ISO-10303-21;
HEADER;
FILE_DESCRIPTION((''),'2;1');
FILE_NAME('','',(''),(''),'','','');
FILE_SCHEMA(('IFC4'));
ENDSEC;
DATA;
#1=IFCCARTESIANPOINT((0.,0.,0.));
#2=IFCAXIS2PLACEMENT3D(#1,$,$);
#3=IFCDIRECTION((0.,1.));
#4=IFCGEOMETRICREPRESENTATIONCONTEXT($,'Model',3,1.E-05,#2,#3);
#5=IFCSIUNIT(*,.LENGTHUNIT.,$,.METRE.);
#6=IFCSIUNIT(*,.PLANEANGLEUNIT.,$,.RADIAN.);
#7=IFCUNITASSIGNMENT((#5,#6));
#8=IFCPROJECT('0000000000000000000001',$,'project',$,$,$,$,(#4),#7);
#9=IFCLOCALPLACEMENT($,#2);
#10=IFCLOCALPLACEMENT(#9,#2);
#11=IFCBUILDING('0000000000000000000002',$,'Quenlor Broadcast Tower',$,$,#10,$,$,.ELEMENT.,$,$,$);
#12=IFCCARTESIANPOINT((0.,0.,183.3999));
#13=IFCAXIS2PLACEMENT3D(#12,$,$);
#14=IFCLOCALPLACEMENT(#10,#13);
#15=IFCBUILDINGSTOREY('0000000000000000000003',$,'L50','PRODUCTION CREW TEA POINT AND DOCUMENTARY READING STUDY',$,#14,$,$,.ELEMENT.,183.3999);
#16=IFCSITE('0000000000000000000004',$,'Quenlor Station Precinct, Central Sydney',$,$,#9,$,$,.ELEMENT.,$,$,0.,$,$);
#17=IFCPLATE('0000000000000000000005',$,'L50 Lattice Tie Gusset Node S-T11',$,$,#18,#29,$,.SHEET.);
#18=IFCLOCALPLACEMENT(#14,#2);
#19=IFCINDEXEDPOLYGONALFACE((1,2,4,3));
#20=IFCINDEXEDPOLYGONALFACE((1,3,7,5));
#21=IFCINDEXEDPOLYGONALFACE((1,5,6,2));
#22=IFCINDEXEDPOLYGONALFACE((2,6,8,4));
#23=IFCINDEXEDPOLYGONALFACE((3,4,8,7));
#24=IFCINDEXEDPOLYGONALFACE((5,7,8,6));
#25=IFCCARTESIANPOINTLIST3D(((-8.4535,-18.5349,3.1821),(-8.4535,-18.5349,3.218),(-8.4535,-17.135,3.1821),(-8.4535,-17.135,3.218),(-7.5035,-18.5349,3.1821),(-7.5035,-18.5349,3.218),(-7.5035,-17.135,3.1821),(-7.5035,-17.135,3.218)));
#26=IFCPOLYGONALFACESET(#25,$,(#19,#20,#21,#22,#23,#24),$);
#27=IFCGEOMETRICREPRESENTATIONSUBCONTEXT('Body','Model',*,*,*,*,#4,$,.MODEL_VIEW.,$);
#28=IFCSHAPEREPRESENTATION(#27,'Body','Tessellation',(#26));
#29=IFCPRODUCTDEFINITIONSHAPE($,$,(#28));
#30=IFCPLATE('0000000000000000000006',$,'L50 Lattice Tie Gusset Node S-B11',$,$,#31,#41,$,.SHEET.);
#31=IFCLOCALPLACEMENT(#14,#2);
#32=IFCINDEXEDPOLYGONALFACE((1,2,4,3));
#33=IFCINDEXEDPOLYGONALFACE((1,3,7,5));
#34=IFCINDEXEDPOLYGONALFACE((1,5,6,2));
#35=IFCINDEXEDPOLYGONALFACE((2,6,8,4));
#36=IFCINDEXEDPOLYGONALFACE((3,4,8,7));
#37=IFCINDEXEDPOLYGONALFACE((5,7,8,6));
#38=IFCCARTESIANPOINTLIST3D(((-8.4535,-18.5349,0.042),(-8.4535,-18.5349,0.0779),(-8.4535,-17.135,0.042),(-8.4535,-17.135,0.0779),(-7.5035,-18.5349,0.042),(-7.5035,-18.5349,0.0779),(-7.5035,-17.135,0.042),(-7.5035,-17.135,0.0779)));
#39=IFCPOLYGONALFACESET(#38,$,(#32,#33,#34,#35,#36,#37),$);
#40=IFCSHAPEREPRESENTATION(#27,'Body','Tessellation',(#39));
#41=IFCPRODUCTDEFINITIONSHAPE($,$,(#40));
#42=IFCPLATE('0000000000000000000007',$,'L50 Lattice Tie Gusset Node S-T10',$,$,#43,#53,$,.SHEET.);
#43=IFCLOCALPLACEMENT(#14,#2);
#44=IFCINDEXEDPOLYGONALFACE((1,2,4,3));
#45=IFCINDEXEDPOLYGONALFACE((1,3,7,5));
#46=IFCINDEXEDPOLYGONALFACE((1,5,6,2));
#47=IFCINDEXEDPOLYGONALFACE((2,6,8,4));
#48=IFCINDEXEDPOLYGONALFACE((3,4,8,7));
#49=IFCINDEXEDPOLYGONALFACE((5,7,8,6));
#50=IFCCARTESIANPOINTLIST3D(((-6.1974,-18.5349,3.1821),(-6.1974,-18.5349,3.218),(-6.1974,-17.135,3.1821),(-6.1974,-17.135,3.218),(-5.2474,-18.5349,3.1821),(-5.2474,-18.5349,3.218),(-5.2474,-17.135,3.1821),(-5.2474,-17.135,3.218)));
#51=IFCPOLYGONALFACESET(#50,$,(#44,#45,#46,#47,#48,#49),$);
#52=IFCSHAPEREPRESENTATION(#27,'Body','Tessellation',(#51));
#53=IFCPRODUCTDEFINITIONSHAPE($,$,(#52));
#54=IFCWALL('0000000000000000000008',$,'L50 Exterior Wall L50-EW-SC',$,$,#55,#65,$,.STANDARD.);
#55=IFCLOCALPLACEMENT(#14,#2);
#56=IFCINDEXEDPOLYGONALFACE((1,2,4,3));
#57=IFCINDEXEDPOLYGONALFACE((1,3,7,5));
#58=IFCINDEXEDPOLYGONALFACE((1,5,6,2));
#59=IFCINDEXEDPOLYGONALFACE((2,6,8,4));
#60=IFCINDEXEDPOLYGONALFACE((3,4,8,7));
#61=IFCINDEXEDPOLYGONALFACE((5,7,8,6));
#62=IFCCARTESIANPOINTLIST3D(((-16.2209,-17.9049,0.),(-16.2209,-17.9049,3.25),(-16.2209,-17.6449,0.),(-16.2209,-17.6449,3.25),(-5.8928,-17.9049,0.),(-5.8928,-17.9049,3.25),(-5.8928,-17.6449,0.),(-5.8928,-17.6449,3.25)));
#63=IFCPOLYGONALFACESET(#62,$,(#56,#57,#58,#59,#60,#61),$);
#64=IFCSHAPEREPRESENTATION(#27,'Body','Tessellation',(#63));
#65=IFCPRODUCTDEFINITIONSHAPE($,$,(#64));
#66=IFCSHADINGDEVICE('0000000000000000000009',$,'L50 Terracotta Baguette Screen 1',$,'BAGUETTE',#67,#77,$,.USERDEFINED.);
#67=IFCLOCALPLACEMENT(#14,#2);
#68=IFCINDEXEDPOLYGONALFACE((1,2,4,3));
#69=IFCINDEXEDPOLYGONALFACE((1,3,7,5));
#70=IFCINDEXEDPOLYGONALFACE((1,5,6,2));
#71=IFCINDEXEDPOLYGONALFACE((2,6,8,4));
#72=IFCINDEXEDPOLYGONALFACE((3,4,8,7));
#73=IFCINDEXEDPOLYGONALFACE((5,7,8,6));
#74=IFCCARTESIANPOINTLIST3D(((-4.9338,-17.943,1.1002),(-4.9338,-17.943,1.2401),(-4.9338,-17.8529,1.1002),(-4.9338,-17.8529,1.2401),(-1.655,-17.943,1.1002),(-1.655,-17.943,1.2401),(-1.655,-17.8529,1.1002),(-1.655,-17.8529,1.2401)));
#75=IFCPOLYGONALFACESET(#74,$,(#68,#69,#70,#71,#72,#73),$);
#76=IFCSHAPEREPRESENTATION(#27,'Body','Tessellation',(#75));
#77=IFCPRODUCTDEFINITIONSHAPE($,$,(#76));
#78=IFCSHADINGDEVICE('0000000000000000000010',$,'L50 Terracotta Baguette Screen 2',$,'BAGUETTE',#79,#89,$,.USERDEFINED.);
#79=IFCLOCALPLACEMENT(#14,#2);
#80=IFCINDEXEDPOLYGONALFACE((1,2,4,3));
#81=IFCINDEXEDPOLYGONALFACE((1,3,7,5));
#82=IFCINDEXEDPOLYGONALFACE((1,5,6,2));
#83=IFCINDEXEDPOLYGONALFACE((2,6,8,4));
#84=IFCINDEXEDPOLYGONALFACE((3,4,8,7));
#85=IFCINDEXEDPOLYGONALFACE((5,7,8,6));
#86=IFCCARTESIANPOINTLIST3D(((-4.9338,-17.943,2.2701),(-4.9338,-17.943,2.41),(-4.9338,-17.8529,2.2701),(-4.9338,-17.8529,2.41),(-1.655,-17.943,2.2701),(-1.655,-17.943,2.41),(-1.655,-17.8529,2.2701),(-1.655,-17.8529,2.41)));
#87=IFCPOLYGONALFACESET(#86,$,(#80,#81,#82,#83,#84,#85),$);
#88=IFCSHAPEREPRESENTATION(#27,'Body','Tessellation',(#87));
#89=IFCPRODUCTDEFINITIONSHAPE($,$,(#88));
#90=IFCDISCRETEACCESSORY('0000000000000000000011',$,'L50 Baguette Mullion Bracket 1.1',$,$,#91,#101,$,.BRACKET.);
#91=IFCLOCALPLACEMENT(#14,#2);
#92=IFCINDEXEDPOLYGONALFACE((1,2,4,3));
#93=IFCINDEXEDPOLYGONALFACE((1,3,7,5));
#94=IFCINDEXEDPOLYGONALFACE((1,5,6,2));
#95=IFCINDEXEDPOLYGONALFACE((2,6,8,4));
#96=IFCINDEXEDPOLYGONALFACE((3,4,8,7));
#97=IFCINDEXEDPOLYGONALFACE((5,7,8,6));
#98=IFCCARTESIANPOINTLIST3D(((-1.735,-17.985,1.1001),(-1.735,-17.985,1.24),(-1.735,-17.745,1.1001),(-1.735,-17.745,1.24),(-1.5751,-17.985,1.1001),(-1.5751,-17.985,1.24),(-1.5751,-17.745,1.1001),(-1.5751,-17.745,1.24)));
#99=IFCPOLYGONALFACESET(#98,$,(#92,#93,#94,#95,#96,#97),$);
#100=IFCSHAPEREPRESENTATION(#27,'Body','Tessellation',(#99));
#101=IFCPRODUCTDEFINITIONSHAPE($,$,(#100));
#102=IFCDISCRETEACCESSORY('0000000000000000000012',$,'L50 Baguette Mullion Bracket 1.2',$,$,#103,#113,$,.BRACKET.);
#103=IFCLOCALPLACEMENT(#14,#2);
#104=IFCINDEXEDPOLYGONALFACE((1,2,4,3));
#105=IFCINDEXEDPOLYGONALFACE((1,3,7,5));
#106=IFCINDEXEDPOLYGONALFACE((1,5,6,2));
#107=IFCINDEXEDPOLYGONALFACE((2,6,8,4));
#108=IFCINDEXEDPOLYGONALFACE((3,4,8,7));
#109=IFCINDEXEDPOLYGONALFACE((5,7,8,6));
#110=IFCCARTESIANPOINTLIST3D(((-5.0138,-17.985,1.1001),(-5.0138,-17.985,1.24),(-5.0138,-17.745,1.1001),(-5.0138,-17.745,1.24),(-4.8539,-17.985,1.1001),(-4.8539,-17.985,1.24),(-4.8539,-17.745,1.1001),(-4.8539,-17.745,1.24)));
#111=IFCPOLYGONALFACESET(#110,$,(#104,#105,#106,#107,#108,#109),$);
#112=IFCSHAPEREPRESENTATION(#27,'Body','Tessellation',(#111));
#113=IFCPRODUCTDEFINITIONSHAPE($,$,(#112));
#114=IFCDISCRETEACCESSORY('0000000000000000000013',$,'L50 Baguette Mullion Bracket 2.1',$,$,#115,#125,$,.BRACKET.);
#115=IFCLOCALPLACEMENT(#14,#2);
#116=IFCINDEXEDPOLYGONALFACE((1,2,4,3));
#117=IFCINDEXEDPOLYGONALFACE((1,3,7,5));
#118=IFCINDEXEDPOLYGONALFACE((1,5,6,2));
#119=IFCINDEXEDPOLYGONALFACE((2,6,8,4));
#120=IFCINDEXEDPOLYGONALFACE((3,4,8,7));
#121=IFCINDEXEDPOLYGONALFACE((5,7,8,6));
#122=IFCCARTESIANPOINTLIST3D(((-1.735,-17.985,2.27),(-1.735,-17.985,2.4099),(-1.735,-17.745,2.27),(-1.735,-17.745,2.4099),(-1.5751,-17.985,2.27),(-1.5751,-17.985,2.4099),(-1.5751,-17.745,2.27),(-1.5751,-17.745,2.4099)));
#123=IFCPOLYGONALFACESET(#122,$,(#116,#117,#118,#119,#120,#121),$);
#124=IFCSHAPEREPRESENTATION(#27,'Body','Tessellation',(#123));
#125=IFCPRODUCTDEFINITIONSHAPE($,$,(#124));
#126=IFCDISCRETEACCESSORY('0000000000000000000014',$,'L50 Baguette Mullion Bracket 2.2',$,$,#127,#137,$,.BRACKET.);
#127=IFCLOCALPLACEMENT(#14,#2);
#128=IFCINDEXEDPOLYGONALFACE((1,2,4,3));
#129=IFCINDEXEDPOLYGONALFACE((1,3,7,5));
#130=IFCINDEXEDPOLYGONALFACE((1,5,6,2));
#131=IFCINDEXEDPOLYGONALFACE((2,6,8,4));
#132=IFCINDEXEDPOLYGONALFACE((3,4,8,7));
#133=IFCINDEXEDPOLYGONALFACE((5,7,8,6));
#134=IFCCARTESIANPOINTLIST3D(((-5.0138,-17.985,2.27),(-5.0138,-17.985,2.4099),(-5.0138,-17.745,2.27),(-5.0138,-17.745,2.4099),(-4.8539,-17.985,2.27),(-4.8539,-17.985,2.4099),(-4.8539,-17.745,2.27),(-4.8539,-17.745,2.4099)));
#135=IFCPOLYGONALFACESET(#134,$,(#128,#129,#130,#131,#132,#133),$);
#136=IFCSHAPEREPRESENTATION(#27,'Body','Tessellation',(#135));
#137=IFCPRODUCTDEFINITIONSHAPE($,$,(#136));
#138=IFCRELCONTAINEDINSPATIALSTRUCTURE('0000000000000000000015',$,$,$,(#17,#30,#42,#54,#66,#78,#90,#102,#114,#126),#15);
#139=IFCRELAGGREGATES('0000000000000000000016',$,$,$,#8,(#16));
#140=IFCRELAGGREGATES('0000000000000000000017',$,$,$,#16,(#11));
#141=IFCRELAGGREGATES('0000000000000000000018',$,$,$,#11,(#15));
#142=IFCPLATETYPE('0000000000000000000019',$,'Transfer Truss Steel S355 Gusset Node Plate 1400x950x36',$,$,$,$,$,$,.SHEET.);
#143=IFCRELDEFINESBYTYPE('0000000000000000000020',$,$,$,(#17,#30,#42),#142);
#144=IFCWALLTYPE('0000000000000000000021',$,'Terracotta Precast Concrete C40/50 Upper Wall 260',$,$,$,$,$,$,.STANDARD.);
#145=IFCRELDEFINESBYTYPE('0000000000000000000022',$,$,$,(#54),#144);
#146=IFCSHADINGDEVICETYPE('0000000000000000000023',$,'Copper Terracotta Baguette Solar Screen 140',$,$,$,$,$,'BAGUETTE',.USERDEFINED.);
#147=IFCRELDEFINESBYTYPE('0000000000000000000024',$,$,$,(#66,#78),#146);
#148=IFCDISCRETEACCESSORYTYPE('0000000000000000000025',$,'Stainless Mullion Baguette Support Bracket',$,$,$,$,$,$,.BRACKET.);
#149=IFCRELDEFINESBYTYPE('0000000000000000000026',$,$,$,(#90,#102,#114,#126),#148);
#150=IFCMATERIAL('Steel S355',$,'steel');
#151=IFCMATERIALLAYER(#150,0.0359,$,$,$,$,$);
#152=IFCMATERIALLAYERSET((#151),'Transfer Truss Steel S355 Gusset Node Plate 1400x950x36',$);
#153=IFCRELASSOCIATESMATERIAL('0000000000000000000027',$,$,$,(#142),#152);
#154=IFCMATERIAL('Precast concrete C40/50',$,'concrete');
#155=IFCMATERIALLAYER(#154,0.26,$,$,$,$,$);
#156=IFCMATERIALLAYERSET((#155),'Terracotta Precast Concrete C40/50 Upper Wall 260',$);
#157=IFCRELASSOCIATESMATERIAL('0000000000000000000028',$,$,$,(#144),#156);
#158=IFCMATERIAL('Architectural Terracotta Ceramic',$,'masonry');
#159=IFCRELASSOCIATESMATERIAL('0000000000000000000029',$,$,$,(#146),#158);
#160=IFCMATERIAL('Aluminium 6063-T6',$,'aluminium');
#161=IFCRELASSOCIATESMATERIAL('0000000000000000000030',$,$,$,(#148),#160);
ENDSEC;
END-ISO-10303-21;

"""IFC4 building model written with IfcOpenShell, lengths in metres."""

from ifc_helpers import new_model, si_unit, direction, frame, frame_2d, origin, origin_2d, place, context, subcontext, project, spatial, rectangle, extrude, material, layer, layer_set, material_profile, profile_set, type_object, element, save


model = new_model("IFC4")

# Units and contexts
model_context = context("Model", 3, precision=1e-05, world=origin(), true_north=direction((0.0, 1.0)))
body_context = subcontext(model_context, "Body", "Model", "MODEL_VIEW")
ifc_project = project(units=[si_unit("LENGTHUNIT", "METRE"), si_unit("PLANEANGLEUNIT", "RADIAN")], contexts=[model_context])

# Site, building, storey
site_placement = place(None, origin())
site = spatial("IfcSite", under=ifc_project, at=site_placement, Name="Quenlor Station Precinct, Central Sydney", CompositionType="ELEMENT", RefElevation=0.0)
building_placement = place(site_placement, origin())
building = spatial("IfcBuilding", under=site, at=building_placement, Name="Quenlor Broadcast Tower", CompositionType="ELEMENT")
storey_placement = place(building_placement, frame((0.0, 0.0, 183.3999)))
storey = spatial("IfcBuildingStorey", under=building, at=storey_placement, Name="L50", Description="PRODUCTION CREW TEA POINT AND DOCUMENTARY READING STUDY", CompositionType="ELEMENT", Elevation=183.3999)

# Plates
ifc_material_1 = material(Name="Steel S355", Category="steel")
ifc_layer_1 = layer(ifc_material_1, 0.0359)
ifc_layer_set_1 = layer_set([ifc_layer_1], Name="Transfer Truss Steel S355 Gusset Node Plate 1400x950x36")
plate_type_1 = type_object("IfcPlateType", Name="Transfer Truss Steel S355 Gusset Node Plate 1400x950x36", PredefinedType="SHEET", material=ifc_layer_set_1)
for number, where, z_axis, x_axis, name in (
    (1, (-7.9785, -17.835, 3.1821), (0.0, 0.0, 1.0), (0.0, -1.0, 0.0), "L50 Lattice Tie Gusset Node S-T11"),
    (2, (-7.9785, -17.835, 0.042), (0.0, 0.0, 1.0), (0.0, -1.0, 0.0), "L50 Lattice Tie Gusset Node S-B11"),
    (3, (-5.7224, -17.835, 3.1821), (0.0, 0.0, 1.0), (0.0, -1.0, 0.0), "L50 Lattice Tie Gusset Node S-T10"),
):
    element("IfcPlate", number, at=place(storey_placement, frame(where, z_axis=z_axis, x_axis=x_axis)), inside=storey, type_object=plate_type_1, Name=name, PredefinedType="SHEET", context=body_context, shape_type="SweptSolid", body=[
        extrude(rectangle(XDim=1.3999, YDim=0.95, at=origin_2d()), origin(), (0.0, 0.0, 1.0), 0.0359),
    ])

# Wall
ifc_material_2 = material(Name="Precast concrete C40/50", Category="concrete")
ifc_layer_2 = layer(ifc_material_2, 0.26)
ifc_layer_set_2 = layer_set([ifc_layer_2], Name="Terracotta Precast Concrete C40/50 Upper Wall 260")
wall_type = type_object("IfcWallType", Name="Terracotta Precast Concrete C40/50 Upper Wall 260", PredefinedType="STANDARD", material=ifc_layer_set_2)
wall_placement = place(storey_placement, frame((-5.8928, -17.7749, 0.0), z_axis=(0.0, 0.0, 1.0), x_axis=(-1.0, 0.0, 0.0)))
element("IfcWall", 4, at=wall_placement, inside=storey, type_object=wall_type, Name="L50 Exterior Wall L50-EW-SC", PredefinedType="STANDARD", context=body_context, shape_type="SweptSolid", body=[
    extrude(rectangle(XDim=10.3281, YDim=0.26, at=frame_2d((5.1641, 0.0))), origin(), (0.0, 0.0, 1.0), 3.25),
])

# Shading devices
ifc_material_3 = material(Name="Architectural Terracotta Ceramic", Category="masonry")
ifc_material_profile_1 = material_profile(ifc_material_3, rectangle(XDim=0.0901, YDim=0.1399, at=origin_2d()))
ifc_profile_set_1 = profile_set([ifc_material_profile_1], Name="Architectural Terracotta Ceramic BAG90x140")
shading_device_type = type_object("IfcShadingDeviceType", Name="Copper Terracotta Baguette Solar Screen 140", ElementType="BAGUETTE", PredefinedType="USERDEFINED", material=ifc_profile_set_1)
for number, where, z_axis, x_axis, name in (
    (5, (-1.655, -17.8979, 1.1702), (-1.0, 0.0, 0.0), (0.0, -1.0, 0.0), "L50 Terracotta Baguette Screen 1"),
    (6, (-1.655, -17.8979, 2.3401), (-1.0, 0.0, 0.0), (0.0, -1.0, 0.0), "L50 Terracotta Baguette Screen 2"),
):
    element("IfcShadingDevice", number, at=place(storey_placement, frame(where, z_axis=z_axis, x_axis=x_axis)), inside=storey, type_object=shading_device_type, Name=name, ObjectType="BAGUETTE", PredefinedType="USERDEFINED", context=body_context, shape_type="SweptSolid", body=[
        extrude(rectangle(XDim=0.0901, YDim=0.1399, at=origin_2d()), origin(), (0.0, 0.0, 1.0), 3.2788),
    ])

# Discrete accessories
ifc_material_4 = material(Name="Aluminium 6063-T6", Category="aluminium")
discrete_accessory_type = type_object("IfcDiscreteAccessoryType", Name="Stainless Mullion Baguette Support Bracket", PredefinedType="BRACKET", material=ifc_material_4)
for number, where, z_axis, x_axis, name in (
    (7, (-1.655, -17.865, 1.1001), (0.0, 0.0, 1.0), (-1.0, 0.0, 0.0), "L50 Baguette Mullion Bracket 1.1"),
    (8, (-4.9338, -17.865, 1.1001), (0.0, 0.0, 1.0), (-1.0, 0.0, 0.0), "L50 Baguette Mullion Bracket 1.2"),
    (9, (-1.655, -17.865, 2.27), (0.0, 0.0, 1.0), (-1.0, 0.0, 0.0), "L50 Baguette Mullion Bracket 2.1"),
    (10, (-4.9338, -17.865, 2.27), (0.0, 0.0, 1.0), (-1.0, 0.0, 0.0), "L50 Baguette Mullion Bracket 2.2"),
):
    element("IfcDiscreteAccessory", number, at=place(storey_placement, frame(where, z_axis=z_axis, x_axis=x_axis)), inside=storey, type_object=discrete_accessory_type, Name=name, PredefinedType="BRACKET", context=body_context, shape_type="SweptSolid", body=[
        extrude(rectangle(XDim=0.1599, YDim=0.24, at=origin_2d()), origin(), (0.0, 0.0, 1.0), 0.1399),
    ])

save(model, "model.ifc")
